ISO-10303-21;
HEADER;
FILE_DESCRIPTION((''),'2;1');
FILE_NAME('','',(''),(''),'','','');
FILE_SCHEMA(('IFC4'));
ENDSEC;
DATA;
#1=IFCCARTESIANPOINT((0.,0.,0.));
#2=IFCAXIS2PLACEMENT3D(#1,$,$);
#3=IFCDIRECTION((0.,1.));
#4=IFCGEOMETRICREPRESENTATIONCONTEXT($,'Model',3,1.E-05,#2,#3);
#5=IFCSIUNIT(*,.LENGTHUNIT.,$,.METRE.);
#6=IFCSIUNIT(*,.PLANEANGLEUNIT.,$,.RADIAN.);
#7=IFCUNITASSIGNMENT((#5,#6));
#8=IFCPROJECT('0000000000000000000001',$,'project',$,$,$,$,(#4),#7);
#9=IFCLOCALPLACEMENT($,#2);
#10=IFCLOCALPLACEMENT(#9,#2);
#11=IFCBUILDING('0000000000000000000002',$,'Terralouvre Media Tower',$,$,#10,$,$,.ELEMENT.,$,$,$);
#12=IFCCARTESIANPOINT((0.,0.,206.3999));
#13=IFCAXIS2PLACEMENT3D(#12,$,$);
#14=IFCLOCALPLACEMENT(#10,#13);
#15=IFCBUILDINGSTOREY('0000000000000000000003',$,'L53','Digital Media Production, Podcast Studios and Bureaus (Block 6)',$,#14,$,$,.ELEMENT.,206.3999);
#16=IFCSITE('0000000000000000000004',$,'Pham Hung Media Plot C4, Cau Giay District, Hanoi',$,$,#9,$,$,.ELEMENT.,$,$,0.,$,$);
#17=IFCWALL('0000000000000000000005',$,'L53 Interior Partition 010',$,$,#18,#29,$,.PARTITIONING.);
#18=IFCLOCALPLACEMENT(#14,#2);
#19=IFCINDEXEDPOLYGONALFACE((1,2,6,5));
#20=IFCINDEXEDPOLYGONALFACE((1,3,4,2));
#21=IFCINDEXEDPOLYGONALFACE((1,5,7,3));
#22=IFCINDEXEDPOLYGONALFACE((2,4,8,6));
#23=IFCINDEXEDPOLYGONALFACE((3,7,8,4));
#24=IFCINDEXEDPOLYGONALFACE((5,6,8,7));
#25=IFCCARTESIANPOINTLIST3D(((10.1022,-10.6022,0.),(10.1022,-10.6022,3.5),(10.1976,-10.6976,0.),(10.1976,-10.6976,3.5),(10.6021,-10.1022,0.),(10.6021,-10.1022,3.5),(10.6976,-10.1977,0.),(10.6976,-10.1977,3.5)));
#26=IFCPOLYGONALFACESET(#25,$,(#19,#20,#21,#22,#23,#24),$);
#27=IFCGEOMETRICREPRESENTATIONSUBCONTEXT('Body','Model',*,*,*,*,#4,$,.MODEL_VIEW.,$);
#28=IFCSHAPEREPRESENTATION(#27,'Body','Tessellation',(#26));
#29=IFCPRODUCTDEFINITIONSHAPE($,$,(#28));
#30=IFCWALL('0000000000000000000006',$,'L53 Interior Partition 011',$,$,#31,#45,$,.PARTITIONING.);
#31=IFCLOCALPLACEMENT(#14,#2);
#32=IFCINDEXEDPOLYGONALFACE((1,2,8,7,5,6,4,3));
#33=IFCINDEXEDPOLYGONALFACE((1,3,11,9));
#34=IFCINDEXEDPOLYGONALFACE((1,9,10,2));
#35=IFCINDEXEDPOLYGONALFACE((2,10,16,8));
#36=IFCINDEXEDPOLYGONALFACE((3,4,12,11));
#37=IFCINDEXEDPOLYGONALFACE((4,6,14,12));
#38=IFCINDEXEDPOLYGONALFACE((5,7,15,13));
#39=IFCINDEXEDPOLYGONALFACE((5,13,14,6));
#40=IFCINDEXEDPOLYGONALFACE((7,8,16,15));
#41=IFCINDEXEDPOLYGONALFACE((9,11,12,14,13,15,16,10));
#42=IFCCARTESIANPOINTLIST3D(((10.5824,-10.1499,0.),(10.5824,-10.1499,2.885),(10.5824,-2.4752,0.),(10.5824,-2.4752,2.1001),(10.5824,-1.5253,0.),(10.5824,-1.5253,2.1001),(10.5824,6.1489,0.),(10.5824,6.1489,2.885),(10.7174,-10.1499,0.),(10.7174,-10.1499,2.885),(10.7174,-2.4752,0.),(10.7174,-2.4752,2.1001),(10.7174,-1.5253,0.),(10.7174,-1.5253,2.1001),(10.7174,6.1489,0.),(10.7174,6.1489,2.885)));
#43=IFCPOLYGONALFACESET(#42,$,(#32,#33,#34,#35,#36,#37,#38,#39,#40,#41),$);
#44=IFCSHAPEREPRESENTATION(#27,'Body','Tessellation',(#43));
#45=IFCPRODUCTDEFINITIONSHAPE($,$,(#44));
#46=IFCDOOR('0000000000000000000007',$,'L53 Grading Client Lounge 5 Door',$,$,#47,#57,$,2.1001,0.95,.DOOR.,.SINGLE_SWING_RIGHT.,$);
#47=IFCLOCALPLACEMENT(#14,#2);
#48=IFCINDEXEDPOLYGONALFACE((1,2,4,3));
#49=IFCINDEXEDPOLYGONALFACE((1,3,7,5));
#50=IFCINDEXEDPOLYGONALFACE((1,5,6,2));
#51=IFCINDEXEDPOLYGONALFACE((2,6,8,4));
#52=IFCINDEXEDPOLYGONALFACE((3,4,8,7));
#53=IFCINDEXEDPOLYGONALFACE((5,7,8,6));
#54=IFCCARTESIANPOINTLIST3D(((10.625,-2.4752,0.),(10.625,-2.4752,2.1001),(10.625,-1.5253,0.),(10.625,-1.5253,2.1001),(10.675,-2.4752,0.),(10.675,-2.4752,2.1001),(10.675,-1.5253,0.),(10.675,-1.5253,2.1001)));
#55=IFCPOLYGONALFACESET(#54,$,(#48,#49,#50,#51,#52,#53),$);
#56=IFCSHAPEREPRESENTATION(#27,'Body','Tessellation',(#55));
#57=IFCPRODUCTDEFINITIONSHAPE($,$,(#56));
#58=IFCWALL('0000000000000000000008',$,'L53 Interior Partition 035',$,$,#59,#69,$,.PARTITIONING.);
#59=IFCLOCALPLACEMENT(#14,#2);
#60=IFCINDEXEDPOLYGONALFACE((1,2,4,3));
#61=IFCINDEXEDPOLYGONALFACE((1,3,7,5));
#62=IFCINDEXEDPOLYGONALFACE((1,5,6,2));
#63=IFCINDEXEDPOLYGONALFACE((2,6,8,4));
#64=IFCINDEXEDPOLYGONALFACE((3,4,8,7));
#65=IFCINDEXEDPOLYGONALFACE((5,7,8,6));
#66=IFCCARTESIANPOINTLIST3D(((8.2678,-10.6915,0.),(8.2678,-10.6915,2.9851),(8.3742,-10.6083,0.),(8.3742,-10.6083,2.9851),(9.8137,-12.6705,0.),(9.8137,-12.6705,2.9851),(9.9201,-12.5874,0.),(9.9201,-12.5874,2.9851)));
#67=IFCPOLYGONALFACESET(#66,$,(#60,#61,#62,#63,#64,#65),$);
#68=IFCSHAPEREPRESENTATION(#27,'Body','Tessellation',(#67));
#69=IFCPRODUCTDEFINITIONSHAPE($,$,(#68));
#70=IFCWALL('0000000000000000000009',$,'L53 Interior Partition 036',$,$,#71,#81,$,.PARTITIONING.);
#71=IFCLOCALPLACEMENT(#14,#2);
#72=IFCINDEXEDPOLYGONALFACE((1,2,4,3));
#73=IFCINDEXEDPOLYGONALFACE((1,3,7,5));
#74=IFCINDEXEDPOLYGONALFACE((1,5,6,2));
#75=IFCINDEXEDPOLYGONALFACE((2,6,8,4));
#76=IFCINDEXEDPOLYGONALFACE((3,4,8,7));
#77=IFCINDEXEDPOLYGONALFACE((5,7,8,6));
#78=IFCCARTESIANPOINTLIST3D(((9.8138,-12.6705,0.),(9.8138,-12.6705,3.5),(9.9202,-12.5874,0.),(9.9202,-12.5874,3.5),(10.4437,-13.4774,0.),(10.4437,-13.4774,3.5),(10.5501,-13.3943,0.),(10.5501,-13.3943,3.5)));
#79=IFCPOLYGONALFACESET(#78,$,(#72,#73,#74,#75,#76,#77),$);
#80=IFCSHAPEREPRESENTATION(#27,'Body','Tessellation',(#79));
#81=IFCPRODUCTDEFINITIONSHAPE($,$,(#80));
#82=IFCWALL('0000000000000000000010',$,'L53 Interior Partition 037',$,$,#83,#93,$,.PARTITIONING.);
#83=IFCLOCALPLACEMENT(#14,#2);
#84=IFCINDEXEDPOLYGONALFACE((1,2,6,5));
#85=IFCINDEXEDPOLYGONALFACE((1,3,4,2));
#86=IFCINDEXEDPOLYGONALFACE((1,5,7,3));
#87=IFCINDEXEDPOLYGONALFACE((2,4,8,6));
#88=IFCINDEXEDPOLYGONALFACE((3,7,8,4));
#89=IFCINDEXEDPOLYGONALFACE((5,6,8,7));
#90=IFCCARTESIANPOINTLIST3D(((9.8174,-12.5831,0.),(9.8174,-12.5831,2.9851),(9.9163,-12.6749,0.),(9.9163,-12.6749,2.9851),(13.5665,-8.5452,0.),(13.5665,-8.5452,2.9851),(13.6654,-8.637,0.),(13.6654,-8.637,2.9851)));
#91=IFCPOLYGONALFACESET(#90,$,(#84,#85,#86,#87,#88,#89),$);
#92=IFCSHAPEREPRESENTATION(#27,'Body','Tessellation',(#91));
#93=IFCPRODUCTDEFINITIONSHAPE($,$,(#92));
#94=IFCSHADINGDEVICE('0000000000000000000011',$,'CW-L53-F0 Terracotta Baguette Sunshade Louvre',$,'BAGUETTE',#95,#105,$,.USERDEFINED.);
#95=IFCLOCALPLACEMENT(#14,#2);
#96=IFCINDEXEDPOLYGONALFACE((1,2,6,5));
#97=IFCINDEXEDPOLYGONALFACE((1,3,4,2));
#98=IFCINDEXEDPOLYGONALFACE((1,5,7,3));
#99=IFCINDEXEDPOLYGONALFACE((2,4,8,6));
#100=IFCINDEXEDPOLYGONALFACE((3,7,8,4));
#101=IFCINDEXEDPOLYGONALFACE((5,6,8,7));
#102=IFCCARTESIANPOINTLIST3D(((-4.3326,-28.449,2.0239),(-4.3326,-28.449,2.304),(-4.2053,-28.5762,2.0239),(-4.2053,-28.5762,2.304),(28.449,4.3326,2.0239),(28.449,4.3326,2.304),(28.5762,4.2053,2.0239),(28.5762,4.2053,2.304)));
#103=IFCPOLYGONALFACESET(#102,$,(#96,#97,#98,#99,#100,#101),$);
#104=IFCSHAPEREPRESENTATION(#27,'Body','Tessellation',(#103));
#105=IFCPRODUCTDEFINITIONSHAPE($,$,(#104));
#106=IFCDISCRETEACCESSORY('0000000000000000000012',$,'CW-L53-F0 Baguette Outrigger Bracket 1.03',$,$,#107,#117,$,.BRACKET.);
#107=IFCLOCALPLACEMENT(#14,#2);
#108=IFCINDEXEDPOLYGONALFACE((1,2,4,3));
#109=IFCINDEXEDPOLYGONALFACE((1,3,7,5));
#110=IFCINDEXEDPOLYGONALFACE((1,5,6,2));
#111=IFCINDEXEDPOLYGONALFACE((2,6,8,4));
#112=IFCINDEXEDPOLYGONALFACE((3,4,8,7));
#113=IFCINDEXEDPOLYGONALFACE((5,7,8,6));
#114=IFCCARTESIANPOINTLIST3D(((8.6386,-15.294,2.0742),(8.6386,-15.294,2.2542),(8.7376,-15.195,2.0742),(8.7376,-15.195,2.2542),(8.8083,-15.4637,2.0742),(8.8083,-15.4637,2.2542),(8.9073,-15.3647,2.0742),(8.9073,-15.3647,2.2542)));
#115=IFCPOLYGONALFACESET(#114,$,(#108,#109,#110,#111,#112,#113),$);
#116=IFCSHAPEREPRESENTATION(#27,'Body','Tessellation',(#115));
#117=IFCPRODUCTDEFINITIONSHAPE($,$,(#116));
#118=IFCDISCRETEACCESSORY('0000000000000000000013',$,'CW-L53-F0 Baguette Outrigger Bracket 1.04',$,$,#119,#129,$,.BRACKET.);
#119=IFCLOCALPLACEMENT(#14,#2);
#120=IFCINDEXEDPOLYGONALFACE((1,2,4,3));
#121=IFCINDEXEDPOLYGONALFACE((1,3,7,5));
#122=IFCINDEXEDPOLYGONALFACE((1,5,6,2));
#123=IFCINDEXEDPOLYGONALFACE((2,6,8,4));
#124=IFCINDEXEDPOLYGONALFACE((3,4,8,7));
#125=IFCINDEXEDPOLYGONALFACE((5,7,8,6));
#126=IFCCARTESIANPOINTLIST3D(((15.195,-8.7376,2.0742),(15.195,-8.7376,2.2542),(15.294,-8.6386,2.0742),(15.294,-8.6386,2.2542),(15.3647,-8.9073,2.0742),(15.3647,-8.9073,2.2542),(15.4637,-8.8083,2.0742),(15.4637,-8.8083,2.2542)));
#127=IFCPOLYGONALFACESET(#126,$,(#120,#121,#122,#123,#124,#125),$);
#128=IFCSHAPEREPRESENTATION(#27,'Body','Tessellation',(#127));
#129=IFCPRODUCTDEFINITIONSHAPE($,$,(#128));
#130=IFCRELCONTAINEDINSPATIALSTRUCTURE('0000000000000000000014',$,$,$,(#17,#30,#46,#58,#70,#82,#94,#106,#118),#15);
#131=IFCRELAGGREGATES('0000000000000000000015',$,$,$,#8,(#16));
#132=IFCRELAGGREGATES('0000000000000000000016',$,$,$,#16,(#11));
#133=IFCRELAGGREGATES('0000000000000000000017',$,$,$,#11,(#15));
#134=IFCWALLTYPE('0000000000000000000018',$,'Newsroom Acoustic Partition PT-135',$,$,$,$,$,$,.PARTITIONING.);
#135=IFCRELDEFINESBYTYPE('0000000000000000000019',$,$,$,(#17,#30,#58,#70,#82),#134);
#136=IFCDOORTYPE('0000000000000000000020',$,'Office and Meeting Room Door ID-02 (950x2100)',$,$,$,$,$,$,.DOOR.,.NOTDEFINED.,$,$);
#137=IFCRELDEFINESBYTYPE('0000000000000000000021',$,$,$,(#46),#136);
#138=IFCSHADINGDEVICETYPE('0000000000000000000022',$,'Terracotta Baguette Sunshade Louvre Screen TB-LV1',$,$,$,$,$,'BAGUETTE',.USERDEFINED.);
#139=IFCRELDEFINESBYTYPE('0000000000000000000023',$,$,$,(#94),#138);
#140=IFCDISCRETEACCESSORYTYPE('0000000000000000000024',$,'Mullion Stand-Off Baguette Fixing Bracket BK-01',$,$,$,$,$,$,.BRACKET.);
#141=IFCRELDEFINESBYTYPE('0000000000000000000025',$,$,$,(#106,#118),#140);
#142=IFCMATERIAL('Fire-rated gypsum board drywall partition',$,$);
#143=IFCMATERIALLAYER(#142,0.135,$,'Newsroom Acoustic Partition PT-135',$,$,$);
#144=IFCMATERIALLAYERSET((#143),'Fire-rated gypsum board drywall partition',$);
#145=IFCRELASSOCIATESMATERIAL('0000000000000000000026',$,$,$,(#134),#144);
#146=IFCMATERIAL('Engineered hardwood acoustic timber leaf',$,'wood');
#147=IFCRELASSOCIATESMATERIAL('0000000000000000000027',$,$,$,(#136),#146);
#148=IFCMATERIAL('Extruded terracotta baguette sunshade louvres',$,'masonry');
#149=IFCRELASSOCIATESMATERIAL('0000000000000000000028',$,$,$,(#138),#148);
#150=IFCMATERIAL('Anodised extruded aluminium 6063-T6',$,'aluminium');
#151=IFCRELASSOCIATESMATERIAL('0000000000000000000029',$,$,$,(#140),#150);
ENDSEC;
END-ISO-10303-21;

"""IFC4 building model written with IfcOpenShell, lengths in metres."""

from ifc_helpers import new_model, si_unit, direction, frame, frame_2d, origin, origin_2d, place, context, subcontext, project, spatial, rectangle, extrude, material, layer, layer_set, type_object, element, fill, save


model = new_model("IFC4")

# Units and contexts
model_context = context("Model", 3, precision=1e-05, world=origin(), true_north=direction((0.0, 1.0)))
body_context = subcontext(model_context, "Body", "Model", "MODEL_VIEW")
ifc_project = project(units=[si_unit("LENGTHUNIT", "METRE"), si_unit("PLANEANGLEUNIT", "RADIAN")], contexts=[model_context])

# Site, building, storey
site_placement = place(None, origin())
site = spatial("IfcSite", under=ifc_project, at=site_placement, Name="Pham Hung Media Plot C4, Cau Giay District, Hanoi", CompositionType="ELEMENT", RefElevation=0.0)
building_placement = place(site_placement, origin())
building = spatial("IfcBuilding", under=site, at=building_placement, Name="Terralouvre Media Tower", CompositionType="ELEMENT")
storey_placement = place(building_placement, frame((0.0, 0.0, 206.3999)))
storey = spatial("IfcBuildingStorey", under=building, at=storey_placement, Name="L53", Description="Digital Media Production, Podcast Studios and Bureaus (Block 6)", CompositionType="ELEMENT", Elevation=206.3999)

# Wall
ifc_material_1 = material(Name="Fire-rated gypsum board drywall partition")
ifc_layer_1 = layer(ifc_material_1, 0.135, Name="Newsroom Acoustic Partition PT-135")
ifc_layer_set_1 = layer_set([ifc_layer_1], Name="Fire-rated gypsum board drywall partition")
wall_type = type_object("IfcWallType", Name="Newsroom Acoustic Partition PT-135", PredefinedType="PARTITIONING", material=ifc_layer_set_1)
wall_1_placement = place(storey_placement, frame((10.1499, -10.6499, 0.0), z_axis=(0.0, 0.0, 1.0), x_axis=(0.707107, 0.707107, 0.0)))
element("IfcWall", 1, at=wall_1_placement, inside=storey, type_object=wall_type, Name="L53 Interior Partition 010", PredefinedType="PARTITIONING", context=body_context, shape_type="SweptSolid", body=[
    extrude(rectangle(XDim=0.707, YDim=0.135, at=frame_2d((0.3535, 0.0))), origin(), (0.0, 0.0, 1.0), 3.5),
])

# Wall, opening, door
wall_2_placement = place(storey_placement, frame((10.6499, -10.1499, 0.0), z_axis=(0.0, 0.0, 1.0), x_axis=(0.0, 1.0, 0.0)))
wall_2 = element("IfcWall", 2, at=wall_2_placement, inside=storey, type_object=wall_type, Name="L53 Interior Partition 011", PredefinedType="PARTITIONING", context=body_context, shape_type="SweptSolid", body=[
    extrude(rectangle(XDim=16.2988, YDim=0.135, at=frame_2d((8.1494, 0.0))), origin(), (0.0, 0.0, 1.0), 2.885),
])
opening_placement = place(wall_2_placement, frame((7.6746, 0.0, 0.0)))
opening = element("IfcOpeningElement", 3, at=opening_placement, cuts=wall_2, PredefinedType="OPENING", context=body_context, shape_type="SweptSolid", body=[
    extrude(rectangle(XDim=0.95, YDim=2.1001, at=frame_2d((0.4751, 1.05))), frame((0.0, 0.0774, 0.0), z_axis=(0.0, -1.0, 0.0), x_axis=(1.0, 0.0, 0.0)), (0.0, 0.0, 1.0), 0.155),
])
ifc_material_2 = material(Name="Engineered hardwood acoustic timber leaf", Category="wood")
door_type = type_object("IfcDoorType", Name="Office and Meeting Room Door ID-02 (950x2100)", OperationType="NOTDEFINED", PredefinedType="DOOR", material=ifc_material_2)
door_placement = place(opening_placement, origin())
door = element("IfcDoor", 4, at=door_placement, inside=storey, type_object=door_type, Name="L53 Grading Client Lounge 5 Door", OperationType="SINGLE_SWING_RIGHT", OverallHeight=2.1001, OverallWidth=0.95, PredefinedType="DOOR", context=body_context, shape_type="SweptSolid", body=[
    extrude(rectangle(XDim=0.95, YDim=2.1001, at=frame_2d((0.4751, 1.05))), frame((0.0, 0.0249, 0.0), z_axis=(0.0, -1.0, 0.0), x_axis=(1.0, 0.0, 0.0)), (0.0, 0.0, 1.0), 0.05),
])
fill(opening, door)

# Walls
wall_3_placement = place(storey_placement, frame((9.8669, -12.6289, 0.0), z_axis=(0.0, 0.0, 1.0), x_axis=(-0.615595, 0.788063, 0.0)))
element("IfcWall", 5, at=wall_3_placement, inside=storey, type_object=wall_type, Name="L53 Interior Partition 035", PredefinedType="PARTITIONING", context=body_context, shape_type="SweptSolid", body=[
    extrude(rectangle(XDim=2.5112, YDim=0.135, at=frame_2d((1.2556, 0.0))), origin(), (0.0, 0.0, 1.0), 2.9851),
])
wall_4_placement = place(storey_placement, frame((10.4968, -13.4358, 0.0), z_axis=(0.0, 0.0, 1.0), x_axis=(-0.615343, 0.788259, 0.0)))
element("IfcWall", 6, at=wall_4_placement, inside=storey, type_object=wall_type, Name="L53 Interior Partition 036", PredefinedType="PARTITIONING", context=body_context, shape_type="SweptSolid", body=[
    extrude(rectangle(XDim=1.0237, YDim=0.135, at=frame_2d((0.5117, 0.0))), origin(), (0.0, 0.0, 1.0), 3.5),
])
wall_5_placement = place(storey_placement, frame((9.8669, -12.6289, 0.0), z_axis=(0.0, 0.0, 1.0), x_axis=(0.680412, 0.73283, 0.0)))
element("IfcWall", 7, at=wall_5_placement, inside=storey, type_object=wall_type, Name="L53 Interior Partition 037", PredefinedType="PARTITIONING", context=body_context, shape_type="SweptSolid", body=[
    extrude(rectangle(XDim=5.51, YDim=0.135, at=frame_2d((2.7549, 0.0))), origin(), (0.0, 0.0, 1.0), 2.9851),
])

# Shading device
ifc_material_3 = material(Name="Extruded terracotta baguette sunshade louvres", Category="masonry")
shading_device_type = type_object("IfcShadingDeviceType", Name="Terracotta Baguette Sunshade Louvre Screen TB-LV1", ElementType="BAGUETTE", PredefinedType="USERDEFINED", material=ifc_material_3)
shading_device_placement = place(storey_placement, frame((12.1218, -12.1218, 2.0239), z_axis=(0.0, 0.0, 1.0), x_axis=(0.707107, 0.707107, 0.0)))
element("IfcShadingDevice", 8, at=shading_device_placement, inside=storey, type_object=shading_device_type, Name="CW-L53-F0 Terracotta Baguette Sunshade Louvre", ObjectType="BAGUETTE", PredefinedType="USERDEFINED", context=body_context, shape_type="SweptSolid", body=[
    extrude(rectangle(XDim=46.3601, YDim=0.1799, at=origin_2d()), origin(), (0.0, 0.0, 1.0), 0.28),
])

# Discrete accessories
ifc_material_4 = material(Name="Anodised extruded aluminium 6063-T6", Category="aluminium")
discrete_accessory_type = type_object("IfcDiscreteAccessoryType", Name="Mullion Stand-Off Baguette Fixing Bracket BK-01", PredefinedType="BRACKET", material=ifc_material_4)
for number, where, z_axis, x_axis, name in (
    (9, (8.7729, -15.3293, 2.0742), (0.0, 0.0, 1.0), (0.707107, 0.707107, 0.0), "CW-L53-F0 Baguette Outrigger Bracket 1.03"),
    (10, (15.3293, -8.7729, 2.0742), (0.0, 0.0, 1.0), (0.707107, 0.707107, 0.0), "CW-L53-F0 Baguette Outrigger Bracket 1.04"),
):
    element("IfcDiscreteAccessory", number, at=place(storey_placement, frame(where, z_axis=z_axis, x_axis=x_axis)), inside=storey, type_object=discrete_accessory_type, Name=name, PredefinedType="BRACKET", context=body_context, shape_type="SweptSolid", body=[
        extrude(rectangle(XDim=0.1399, YDim=0.24, at=origin_2d()), origin(), (0.0, 0.0, 1.0), 0.1799),
    ])

save(model, "model.ifc")
